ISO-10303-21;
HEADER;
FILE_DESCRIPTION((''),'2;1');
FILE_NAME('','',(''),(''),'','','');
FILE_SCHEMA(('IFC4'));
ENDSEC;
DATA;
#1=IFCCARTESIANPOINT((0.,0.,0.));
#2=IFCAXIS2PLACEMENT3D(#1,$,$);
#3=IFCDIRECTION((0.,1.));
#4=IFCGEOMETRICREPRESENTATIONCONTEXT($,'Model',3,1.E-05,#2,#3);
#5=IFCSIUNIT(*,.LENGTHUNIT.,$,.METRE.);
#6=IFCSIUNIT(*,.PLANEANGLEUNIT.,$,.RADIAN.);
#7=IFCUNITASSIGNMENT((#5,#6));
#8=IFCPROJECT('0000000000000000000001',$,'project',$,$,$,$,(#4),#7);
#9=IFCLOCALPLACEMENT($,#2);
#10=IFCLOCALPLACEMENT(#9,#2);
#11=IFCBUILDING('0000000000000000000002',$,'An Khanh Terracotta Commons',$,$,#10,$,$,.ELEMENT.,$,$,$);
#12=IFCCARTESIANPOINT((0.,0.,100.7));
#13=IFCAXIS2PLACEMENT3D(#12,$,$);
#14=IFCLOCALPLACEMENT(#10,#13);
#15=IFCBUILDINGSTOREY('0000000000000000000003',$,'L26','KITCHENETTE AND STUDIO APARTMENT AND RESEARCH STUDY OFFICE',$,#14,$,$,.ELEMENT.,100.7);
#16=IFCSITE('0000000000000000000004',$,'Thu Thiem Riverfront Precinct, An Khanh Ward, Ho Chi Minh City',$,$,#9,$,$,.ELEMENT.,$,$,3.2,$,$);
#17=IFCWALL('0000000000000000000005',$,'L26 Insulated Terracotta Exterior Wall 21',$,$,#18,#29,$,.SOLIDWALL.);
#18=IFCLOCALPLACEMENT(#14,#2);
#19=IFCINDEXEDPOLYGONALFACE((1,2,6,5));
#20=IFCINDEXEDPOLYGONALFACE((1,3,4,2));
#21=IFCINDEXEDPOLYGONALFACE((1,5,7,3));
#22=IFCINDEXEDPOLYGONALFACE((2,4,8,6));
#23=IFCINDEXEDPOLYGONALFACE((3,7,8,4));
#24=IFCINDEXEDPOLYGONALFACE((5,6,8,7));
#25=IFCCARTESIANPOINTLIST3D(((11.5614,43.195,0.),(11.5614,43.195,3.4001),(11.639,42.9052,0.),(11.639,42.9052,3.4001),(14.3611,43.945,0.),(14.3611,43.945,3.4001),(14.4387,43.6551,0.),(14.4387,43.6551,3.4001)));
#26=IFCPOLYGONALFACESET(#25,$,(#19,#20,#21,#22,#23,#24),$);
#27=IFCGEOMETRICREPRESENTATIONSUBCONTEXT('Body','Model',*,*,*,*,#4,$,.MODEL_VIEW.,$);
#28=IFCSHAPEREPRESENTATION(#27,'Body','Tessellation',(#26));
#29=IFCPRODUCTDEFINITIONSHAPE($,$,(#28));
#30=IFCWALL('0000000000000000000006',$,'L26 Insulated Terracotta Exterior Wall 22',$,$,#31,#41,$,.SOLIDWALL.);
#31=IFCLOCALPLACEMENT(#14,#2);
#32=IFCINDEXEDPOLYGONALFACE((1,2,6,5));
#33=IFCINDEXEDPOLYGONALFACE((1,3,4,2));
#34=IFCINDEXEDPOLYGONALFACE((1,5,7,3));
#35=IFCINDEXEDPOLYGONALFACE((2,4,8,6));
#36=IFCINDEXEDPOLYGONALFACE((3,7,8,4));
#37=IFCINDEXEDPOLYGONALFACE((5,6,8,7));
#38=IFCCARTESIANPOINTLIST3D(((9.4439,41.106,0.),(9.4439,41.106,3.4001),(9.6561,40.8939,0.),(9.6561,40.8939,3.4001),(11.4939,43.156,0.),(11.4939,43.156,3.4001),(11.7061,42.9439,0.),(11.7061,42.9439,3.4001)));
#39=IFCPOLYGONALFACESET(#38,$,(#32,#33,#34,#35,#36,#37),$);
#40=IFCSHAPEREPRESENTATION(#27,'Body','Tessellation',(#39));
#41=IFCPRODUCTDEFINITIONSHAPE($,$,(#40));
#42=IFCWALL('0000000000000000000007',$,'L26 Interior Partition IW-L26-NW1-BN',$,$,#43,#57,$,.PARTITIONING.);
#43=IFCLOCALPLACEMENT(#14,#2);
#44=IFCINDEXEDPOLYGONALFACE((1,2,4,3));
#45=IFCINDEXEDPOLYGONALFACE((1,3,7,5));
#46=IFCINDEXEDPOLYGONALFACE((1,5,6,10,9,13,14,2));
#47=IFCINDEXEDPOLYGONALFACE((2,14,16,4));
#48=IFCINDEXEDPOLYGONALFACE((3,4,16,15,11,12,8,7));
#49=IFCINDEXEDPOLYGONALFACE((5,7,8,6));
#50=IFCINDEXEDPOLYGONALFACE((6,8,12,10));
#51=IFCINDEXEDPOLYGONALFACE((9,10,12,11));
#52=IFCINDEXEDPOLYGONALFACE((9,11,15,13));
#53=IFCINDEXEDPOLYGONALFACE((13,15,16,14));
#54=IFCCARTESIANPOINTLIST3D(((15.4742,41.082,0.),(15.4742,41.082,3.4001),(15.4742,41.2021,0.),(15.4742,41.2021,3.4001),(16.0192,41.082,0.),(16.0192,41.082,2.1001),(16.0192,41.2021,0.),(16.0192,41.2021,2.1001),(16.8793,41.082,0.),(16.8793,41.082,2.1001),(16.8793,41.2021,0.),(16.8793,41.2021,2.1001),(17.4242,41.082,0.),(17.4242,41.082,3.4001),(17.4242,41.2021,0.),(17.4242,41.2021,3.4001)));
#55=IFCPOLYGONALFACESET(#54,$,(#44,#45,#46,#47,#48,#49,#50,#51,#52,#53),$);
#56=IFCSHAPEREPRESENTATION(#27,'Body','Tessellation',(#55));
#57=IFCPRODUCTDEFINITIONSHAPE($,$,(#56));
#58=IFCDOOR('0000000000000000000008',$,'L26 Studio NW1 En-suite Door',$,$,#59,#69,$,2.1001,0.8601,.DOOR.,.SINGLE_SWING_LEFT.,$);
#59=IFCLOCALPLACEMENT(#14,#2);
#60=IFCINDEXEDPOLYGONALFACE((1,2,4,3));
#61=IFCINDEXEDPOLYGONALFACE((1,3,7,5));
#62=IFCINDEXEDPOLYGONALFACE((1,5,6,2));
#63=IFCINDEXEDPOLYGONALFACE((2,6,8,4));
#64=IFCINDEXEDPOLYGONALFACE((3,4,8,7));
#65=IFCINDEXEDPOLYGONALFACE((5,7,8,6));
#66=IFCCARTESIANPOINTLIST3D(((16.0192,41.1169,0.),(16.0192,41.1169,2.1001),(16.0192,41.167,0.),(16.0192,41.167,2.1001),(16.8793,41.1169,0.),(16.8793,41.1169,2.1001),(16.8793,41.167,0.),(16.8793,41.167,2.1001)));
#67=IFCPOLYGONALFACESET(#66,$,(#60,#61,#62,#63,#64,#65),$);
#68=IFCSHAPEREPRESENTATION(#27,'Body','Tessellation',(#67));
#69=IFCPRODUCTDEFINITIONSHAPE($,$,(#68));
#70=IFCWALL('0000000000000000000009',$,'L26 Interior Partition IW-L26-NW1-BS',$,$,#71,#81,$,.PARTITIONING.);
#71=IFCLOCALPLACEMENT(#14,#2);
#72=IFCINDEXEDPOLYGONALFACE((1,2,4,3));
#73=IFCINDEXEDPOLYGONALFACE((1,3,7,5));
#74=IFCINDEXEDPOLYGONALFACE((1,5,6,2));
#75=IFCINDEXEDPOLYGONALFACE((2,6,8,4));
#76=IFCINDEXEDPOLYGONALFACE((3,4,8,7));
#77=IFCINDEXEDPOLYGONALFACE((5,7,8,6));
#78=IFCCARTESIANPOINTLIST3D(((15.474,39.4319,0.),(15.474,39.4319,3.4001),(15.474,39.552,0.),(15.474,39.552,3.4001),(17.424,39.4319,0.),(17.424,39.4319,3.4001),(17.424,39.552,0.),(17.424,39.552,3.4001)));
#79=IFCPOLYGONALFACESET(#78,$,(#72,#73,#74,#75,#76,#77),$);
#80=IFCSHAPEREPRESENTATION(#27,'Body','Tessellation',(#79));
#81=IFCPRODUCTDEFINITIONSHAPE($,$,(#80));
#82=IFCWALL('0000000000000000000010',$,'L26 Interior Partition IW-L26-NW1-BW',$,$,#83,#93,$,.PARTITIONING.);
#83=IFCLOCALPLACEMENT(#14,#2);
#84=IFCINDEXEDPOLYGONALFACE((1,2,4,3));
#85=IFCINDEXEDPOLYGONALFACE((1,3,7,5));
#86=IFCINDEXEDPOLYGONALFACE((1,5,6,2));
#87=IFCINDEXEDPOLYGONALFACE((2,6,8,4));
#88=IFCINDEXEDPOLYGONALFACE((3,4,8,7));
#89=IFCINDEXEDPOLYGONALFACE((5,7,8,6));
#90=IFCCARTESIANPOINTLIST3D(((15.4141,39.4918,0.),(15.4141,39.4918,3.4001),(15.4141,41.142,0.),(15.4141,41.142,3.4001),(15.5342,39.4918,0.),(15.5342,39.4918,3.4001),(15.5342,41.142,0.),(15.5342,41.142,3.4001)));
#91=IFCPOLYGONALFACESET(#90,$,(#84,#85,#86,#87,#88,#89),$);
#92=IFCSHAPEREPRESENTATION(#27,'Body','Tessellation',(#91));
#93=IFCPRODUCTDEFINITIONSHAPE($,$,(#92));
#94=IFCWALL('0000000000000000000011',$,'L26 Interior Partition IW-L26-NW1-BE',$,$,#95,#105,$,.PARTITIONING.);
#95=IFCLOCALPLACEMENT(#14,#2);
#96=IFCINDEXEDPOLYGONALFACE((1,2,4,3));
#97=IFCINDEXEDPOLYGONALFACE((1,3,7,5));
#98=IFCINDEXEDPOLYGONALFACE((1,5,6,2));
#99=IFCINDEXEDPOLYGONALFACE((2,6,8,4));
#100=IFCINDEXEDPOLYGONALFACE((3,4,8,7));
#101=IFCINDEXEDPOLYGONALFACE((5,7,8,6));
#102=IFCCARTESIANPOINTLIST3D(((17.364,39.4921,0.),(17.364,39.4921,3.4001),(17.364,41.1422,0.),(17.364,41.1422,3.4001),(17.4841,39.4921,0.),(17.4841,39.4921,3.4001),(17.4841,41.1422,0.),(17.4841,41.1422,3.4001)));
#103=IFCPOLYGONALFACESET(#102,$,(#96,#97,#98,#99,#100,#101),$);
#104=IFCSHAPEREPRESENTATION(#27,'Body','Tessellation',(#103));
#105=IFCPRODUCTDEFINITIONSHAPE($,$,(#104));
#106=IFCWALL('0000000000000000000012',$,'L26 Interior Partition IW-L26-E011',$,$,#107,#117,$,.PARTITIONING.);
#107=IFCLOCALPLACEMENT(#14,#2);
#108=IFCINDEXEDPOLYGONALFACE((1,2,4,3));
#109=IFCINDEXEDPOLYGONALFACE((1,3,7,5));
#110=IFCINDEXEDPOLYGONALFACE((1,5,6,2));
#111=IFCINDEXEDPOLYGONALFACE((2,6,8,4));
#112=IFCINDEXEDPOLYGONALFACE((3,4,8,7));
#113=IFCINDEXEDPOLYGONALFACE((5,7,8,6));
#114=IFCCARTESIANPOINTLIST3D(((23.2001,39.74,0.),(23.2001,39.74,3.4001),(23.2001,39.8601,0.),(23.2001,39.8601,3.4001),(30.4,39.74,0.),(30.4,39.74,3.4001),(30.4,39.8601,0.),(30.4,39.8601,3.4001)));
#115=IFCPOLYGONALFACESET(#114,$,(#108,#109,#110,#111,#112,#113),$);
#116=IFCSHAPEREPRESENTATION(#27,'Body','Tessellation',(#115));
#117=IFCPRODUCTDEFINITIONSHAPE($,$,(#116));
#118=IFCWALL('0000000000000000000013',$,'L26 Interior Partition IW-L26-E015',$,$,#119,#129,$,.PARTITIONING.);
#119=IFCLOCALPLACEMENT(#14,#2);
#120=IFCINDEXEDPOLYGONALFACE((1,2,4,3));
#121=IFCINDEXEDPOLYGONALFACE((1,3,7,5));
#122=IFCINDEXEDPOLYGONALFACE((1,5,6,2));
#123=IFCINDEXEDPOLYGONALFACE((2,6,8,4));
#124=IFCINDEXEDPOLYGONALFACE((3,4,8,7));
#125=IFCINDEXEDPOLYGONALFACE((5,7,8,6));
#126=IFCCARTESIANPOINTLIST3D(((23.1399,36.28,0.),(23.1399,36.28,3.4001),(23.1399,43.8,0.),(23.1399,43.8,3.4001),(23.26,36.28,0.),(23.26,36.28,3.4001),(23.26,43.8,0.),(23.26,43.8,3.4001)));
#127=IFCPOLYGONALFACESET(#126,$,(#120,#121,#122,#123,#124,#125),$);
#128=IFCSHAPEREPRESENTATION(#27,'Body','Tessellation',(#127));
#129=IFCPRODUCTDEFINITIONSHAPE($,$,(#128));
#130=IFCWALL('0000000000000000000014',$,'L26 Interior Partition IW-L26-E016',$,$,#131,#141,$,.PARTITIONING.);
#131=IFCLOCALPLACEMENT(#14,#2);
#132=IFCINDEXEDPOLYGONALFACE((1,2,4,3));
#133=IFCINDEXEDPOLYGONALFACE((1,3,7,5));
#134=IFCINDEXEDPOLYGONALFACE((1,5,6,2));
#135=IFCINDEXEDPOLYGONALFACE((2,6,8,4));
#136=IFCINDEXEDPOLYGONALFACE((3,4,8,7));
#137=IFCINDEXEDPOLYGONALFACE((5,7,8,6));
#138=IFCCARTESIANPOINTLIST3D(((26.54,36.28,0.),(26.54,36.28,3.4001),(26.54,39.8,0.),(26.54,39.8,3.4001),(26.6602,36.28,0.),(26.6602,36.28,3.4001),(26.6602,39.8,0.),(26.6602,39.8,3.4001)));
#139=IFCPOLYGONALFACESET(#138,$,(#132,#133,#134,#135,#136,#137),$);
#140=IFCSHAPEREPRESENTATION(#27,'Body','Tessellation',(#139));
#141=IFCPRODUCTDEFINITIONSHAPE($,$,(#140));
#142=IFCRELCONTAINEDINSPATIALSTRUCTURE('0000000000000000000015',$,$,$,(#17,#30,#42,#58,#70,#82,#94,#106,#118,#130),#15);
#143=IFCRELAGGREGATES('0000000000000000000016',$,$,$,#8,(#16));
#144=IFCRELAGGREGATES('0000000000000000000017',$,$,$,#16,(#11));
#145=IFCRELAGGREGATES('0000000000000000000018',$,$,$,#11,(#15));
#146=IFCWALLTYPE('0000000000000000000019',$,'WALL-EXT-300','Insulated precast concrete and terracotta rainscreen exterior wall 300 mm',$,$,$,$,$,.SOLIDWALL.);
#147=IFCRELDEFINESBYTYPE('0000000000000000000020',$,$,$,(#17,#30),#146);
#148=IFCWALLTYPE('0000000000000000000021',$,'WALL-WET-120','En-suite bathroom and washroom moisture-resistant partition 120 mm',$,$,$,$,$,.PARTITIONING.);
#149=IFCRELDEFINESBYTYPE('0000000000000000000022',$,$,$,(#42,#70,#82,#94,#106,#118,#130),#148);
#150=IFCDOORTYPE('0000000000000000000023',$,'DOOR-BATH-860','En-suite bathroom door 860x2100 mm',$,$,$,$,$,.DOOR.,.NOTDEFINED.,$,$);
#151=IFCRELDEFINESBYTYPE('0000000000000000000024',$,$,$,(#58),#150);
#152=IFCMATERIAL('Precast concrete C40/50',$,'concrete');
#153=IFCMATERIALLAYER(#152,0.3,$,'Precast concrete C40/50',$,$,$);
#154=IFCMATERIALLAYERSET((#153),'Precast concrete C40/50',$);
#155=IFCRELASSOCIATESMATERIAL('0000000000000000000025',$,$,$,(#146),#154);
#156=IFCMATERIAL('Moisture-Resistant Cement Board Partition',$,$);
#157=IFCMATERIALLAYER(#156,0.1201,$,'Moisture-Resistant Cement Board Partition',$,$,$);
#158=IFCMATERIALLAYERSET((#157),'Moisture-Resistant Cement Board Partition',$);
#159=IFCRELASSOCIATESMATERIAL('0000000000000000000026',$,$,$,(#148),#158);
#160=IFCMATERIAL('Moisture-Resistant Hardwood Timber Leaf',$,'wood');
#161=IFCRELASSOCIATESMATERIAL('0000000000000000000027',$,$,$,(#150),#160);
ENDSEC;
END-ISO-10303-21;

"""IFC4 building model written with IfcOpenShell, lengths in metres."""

from ifc_helpers import new_model, si_unit, direction, frame, frame_2d, origin, place, context, subcontext, project, spatial, rectangle, extrude, material, layer, layer_set, type_object, element, fill, save


model = new_model("IFC4")

# Units and contexts
model_context = context("Model", 3, precision=1e-05, world=origin(), true_north=direction((0.0, 1.0)))
body_context = subcontext(model_context, "Body", "Model", "MODEL_VIEW")
ifc_project = project(units=[si_unit("LENGTHUNIT", "METRE"), si_unit("PLANEANGLEUNIT", "RADIAN")], contexts=[model_context])

# Site, building, storey
site_placement = place(None, origin())
site = spatial("IfcSite", under=ifc_project, at=site_placement, Name="Thu Thiem Riverfront Precinct, An Khanh Ward, Ho Chi Minh City", CompositionType="ELEMENT", RefElevation=3.2)
building_placement = place(site_placement, origin())
building = spatial("IfcBuilding", under=site, at=building_placement, Name="An Khanh Terracotta Commons", CompositionType="ELEMENT")
storey_placement = place(building_placement, frame((0.0, 0.0, 100.7)))
storey = spatial("IfcBuildingStorey", under=building, at=storey_placement, Name="L26", Description="KITCHENETTE AND STUDIO APARTMENT AND RESEARCH STUDY OFFICE", CompositionType="ELEMENT", Elevation=100.7)

# Walls
ifc_material_1 = material(Name="Precast concrete C40/50", Category="concrete")
ifc_layer_1 = layer(ifc_material_1, 0.3, Name="Precast concrete C40/50")
ifc_layer_set_1 = layer_set([ifc_layer_1], Name="Precast concrete C40/50")
wall_type_1 = type_object("IfcWallType", Name="WALL-EXT-300", Description="Insulated precast concrete and terracotta rainscreen exterior wall 300 mm", PredefinedType="SOLIDWALL", material=ifc_layer_set_1)
wall_1_placement = place(storey_placement, frame((14.3999, 43.8, 0.0), z_axis=(0.0, 0.0, 1.0), x_axis=(-0.965944, -0.258753, 0.0)))
element("IfcWall", 1, at=wall_1_placement, inside=storey, type_object=wall_type_1, Name="L26 Insulated Terracotta Exterior Wall 21", PredefinedType="SOLIDWALL", context=body_context, shape_type="SweptSolid", body=[
    extrude(rectangle(XDim=2.8984, YDim=0.3, at=frame_2d((1.4492, 0.0))), origin(), (0.0, 0.0, 1.0), 3.4001),
])
wall_2_placement = place(storey_placement, frame((11.6001, 43.05, 0.0), z_axis=(0.0, 0.0, 1.0), x_axis=(-0.707107, -0.707107, 0.0)))
element("IfcWall", 2, at=wall_2_placement, inside=storey, type_object=wall_type_1, Name="L26 Insulated Terracotta Exterior Wall 22", PredefinedType="SOLIDWALL", context=body_context, shape_type="SweptSolid", body=[
    extrude(rectangle(XDim=2.8992, YDim=0.3, at=frame_2d((1.4497, 0.0))), origin(), (0.0, 0.0, 1.0), 3.4001),
])

# Wall, opening, door
ifc_material_2 = material(Name="Moisture-Resistant Cement Board Partition")
ifc_layer_2 = layer(ifc_material_2, 0.1201, Name="Moisture-Resistant Cement Board Partition")
ifc_layer_set_2 = layer_set([ifc_layer_2], Name="Moisture-Resistant Cement Board Partition")
wall_type_2 = type_object("IfcWallType", Name="WALL-WET-120", Description="En-suite bathroom and washroom moisture-resistant partition 120 mm", PredefinedType="PARTITIONING", material=ifc_layer_set_2)
wall_3_placement = place(storey_placement, frame((15.4741, 41.1421, 0.0), z_axis=(0.0, 0.0, 1.0), x_axis=(1.0, 0.0, 0.0)))
wall_3 = element("IfcWall", 3, at=wall_3_placement, inside=storey, type_object=wall_type_2, Name="L26 Interior Partition IW-L26-NW1-BN", PredefinedType="PARTITIONING", context=body_context, shape_type="SweptSolid", body=[
    extrude(rectangle(XDim=1.95, YDim=0.1201, at=frame_2d((0.9751, 0.0))), origin(), (0.0, 0.0, 1.0), 3.4001),
])
opening_placement = place(wall_3_placement, frame((0.5449, 0.0, 0.0)))
opening = element("IfcOpeningElement", 4, at=opening_placement, cuts=wall_3, PredefinedType="OPENING", context=body_context, shape_type="SweptSolid", body=[
    extrude(rectangle(XDim=0.8601, YDim=2.1001, at=frame_2d((0.4302, 1.05))), frame((0.0, 0.0701, 0.0), z_axis=(0.0, -1.0, 0.0), x_axis=(1.0, 0.0, 0.0)), (0.0, 0.0, 1.0), 0.1401),
])
ifc_material_3 = material(Name="Moisture-Resistant Hardwood Timber Leaf", Category="wood")
door_type = type_object("IfcDoorType", Name="DOOR-BATH-860", Description="En-suite bathroom door 860x2100 mm", OperationType="NOTDEFINED", PredefinedType="DOOR", material=ifc_material_3)
door_placement = place(opening_placement, origin())
door = element("IfcDoor", 5, at=door_placement, inside=storey, type_object=door_type, Name="L26 Studio NW1 En-suite Door", OperationType="SINGLE_SWING_LEFT", OverallHeight=2.1001, OverallWidth=0.8601, PredefinedType="DOOR", context=body_context, shape_type="SweptSolid", body=[
    extrude(rectangle(XDim=0.8601, YDim=2.1001, at=frame_2d((0.4302, 1.05))), frame((0.0, 0.0249, 0.0), z_axis=(0.0, -1.0, 0.0), x_axis=(1.0, 0.0, 0.0)), (0.0, 0.0, 1.0), 0.05),
])
fill(opening, door)

# Walls
wall_4_placement = place(storey_placement, frame((17.4241, 39.4919, 0.0), z_axis=(0.0, 0.0, 1.0), x_axis=(-1.0, 0.0, 0.0)))
element("IfcWall", 6, at=wall_4_placement, inside=storey, type_object=wall_type_2, Name="L26 Interior Partition IW-L26-NW1-BS", PredefinedType="PARTITIONING", context=body_context, shape_type="SweptSolid", body=[
    extrude(rectangle(XDim=1.95, YDim=0.1201, at=frame_2d((0.9751, 0.0))), origin(), (0.0, 0.0, 1.0), 3.4001),
])
for number, where, z_axis, x_axis, name in (
    (7, (15.4741, 41.1421, 0.0), (0.0, 0.0, 1.0), (0.0, -1.0, 0.0), "L26 Interior Partition IW-L26-NW1-BW"),
    (8, (17.4241, 39.4919, 0.0), (0.0, 0.0, 1.0), (0.0, 1.0, 0.0), "L26 Interior Partition IW-L26-NW1-BE"),
):
    element("IfcWall", number, at=place(storey_placement, frame(where, z_axis=z_axis, x_axis=x_axis)), inside=storey, type_object=wall_type_2, Name=name, PredefinedType="PARTITIONING", context=body_context, shape_type="SweptSolid", body=[
        extrude(rectangle(XDim=1.6501, YDim=0.1201, at=frame_2d((0.8252, 0.0))), origin(), (0.0, 0.0, 1.0), 3.4001),
    ])
wall_5_placement = place(storey_placement, frame((23.2, 39.8, 0.0), z_axis=(0.0, 0.0, 1.0), x_axis=(1.0, 0.0, 0.0)))
element("IfcWall", 9, at=wall_5_placement, inside=storey, type_object=wall_type_2, Name="L26 Interior Partition IW-L26-E011", PredefinedType="PARTITIONING", context=body_context, shape_type="SweptSolid", body=[
    extrude(rectangle(XDim=7.2, YDim=0.1201, at=frame_2d((3.6001, 0.0))), origin(), (0.0, 0.0, 1.0), 3.4001),
])
wall_6_placement = place(storey_placement, frame((23.2, 36.28, 0.0), z_axis=(0.0, 0.0, 1.0), x_axis=(0.0, 1.0, 0.0)))
element("IfcWall", 10, at=wall_6_placement, inside=storey, type_object=wall_type_2, Name="L26 Interior Partition IW-L26-E015", PredefinedType="PARTITIONING", context=body_context, shape_type="SweptSolid", body=[
    extrude(rectangle(XDim=7.52, YDim=0.1201, at=frame_2d((3.76, 0.0))), origin(), (0.0, 0.0, 1.0), 3.4001),
])
wall_7_placement = place(storey_placement, frame((26.6001, 36.28, 0.0), z_axis=(0.0, 0.0, 1.0), x_axis=(0.0, 1.0, 0.0)))
element("IfcWall", 11, at=wall_7_placement, inside=storey, type_object=wall_type_2, Name="L26 Interior Partition IW-L26-E016", PredefinedType="PARTITIONING", context=body_context, shape_type="SweptSolid", body=[
    extrude(rectangle(XDim=3.52, YDim=0.1201, at=frame_2d((1.76, 0.0))), origin(), (0.0, 0.0, 1.0), 3.4001),
])

save(model, "model.ifc")
